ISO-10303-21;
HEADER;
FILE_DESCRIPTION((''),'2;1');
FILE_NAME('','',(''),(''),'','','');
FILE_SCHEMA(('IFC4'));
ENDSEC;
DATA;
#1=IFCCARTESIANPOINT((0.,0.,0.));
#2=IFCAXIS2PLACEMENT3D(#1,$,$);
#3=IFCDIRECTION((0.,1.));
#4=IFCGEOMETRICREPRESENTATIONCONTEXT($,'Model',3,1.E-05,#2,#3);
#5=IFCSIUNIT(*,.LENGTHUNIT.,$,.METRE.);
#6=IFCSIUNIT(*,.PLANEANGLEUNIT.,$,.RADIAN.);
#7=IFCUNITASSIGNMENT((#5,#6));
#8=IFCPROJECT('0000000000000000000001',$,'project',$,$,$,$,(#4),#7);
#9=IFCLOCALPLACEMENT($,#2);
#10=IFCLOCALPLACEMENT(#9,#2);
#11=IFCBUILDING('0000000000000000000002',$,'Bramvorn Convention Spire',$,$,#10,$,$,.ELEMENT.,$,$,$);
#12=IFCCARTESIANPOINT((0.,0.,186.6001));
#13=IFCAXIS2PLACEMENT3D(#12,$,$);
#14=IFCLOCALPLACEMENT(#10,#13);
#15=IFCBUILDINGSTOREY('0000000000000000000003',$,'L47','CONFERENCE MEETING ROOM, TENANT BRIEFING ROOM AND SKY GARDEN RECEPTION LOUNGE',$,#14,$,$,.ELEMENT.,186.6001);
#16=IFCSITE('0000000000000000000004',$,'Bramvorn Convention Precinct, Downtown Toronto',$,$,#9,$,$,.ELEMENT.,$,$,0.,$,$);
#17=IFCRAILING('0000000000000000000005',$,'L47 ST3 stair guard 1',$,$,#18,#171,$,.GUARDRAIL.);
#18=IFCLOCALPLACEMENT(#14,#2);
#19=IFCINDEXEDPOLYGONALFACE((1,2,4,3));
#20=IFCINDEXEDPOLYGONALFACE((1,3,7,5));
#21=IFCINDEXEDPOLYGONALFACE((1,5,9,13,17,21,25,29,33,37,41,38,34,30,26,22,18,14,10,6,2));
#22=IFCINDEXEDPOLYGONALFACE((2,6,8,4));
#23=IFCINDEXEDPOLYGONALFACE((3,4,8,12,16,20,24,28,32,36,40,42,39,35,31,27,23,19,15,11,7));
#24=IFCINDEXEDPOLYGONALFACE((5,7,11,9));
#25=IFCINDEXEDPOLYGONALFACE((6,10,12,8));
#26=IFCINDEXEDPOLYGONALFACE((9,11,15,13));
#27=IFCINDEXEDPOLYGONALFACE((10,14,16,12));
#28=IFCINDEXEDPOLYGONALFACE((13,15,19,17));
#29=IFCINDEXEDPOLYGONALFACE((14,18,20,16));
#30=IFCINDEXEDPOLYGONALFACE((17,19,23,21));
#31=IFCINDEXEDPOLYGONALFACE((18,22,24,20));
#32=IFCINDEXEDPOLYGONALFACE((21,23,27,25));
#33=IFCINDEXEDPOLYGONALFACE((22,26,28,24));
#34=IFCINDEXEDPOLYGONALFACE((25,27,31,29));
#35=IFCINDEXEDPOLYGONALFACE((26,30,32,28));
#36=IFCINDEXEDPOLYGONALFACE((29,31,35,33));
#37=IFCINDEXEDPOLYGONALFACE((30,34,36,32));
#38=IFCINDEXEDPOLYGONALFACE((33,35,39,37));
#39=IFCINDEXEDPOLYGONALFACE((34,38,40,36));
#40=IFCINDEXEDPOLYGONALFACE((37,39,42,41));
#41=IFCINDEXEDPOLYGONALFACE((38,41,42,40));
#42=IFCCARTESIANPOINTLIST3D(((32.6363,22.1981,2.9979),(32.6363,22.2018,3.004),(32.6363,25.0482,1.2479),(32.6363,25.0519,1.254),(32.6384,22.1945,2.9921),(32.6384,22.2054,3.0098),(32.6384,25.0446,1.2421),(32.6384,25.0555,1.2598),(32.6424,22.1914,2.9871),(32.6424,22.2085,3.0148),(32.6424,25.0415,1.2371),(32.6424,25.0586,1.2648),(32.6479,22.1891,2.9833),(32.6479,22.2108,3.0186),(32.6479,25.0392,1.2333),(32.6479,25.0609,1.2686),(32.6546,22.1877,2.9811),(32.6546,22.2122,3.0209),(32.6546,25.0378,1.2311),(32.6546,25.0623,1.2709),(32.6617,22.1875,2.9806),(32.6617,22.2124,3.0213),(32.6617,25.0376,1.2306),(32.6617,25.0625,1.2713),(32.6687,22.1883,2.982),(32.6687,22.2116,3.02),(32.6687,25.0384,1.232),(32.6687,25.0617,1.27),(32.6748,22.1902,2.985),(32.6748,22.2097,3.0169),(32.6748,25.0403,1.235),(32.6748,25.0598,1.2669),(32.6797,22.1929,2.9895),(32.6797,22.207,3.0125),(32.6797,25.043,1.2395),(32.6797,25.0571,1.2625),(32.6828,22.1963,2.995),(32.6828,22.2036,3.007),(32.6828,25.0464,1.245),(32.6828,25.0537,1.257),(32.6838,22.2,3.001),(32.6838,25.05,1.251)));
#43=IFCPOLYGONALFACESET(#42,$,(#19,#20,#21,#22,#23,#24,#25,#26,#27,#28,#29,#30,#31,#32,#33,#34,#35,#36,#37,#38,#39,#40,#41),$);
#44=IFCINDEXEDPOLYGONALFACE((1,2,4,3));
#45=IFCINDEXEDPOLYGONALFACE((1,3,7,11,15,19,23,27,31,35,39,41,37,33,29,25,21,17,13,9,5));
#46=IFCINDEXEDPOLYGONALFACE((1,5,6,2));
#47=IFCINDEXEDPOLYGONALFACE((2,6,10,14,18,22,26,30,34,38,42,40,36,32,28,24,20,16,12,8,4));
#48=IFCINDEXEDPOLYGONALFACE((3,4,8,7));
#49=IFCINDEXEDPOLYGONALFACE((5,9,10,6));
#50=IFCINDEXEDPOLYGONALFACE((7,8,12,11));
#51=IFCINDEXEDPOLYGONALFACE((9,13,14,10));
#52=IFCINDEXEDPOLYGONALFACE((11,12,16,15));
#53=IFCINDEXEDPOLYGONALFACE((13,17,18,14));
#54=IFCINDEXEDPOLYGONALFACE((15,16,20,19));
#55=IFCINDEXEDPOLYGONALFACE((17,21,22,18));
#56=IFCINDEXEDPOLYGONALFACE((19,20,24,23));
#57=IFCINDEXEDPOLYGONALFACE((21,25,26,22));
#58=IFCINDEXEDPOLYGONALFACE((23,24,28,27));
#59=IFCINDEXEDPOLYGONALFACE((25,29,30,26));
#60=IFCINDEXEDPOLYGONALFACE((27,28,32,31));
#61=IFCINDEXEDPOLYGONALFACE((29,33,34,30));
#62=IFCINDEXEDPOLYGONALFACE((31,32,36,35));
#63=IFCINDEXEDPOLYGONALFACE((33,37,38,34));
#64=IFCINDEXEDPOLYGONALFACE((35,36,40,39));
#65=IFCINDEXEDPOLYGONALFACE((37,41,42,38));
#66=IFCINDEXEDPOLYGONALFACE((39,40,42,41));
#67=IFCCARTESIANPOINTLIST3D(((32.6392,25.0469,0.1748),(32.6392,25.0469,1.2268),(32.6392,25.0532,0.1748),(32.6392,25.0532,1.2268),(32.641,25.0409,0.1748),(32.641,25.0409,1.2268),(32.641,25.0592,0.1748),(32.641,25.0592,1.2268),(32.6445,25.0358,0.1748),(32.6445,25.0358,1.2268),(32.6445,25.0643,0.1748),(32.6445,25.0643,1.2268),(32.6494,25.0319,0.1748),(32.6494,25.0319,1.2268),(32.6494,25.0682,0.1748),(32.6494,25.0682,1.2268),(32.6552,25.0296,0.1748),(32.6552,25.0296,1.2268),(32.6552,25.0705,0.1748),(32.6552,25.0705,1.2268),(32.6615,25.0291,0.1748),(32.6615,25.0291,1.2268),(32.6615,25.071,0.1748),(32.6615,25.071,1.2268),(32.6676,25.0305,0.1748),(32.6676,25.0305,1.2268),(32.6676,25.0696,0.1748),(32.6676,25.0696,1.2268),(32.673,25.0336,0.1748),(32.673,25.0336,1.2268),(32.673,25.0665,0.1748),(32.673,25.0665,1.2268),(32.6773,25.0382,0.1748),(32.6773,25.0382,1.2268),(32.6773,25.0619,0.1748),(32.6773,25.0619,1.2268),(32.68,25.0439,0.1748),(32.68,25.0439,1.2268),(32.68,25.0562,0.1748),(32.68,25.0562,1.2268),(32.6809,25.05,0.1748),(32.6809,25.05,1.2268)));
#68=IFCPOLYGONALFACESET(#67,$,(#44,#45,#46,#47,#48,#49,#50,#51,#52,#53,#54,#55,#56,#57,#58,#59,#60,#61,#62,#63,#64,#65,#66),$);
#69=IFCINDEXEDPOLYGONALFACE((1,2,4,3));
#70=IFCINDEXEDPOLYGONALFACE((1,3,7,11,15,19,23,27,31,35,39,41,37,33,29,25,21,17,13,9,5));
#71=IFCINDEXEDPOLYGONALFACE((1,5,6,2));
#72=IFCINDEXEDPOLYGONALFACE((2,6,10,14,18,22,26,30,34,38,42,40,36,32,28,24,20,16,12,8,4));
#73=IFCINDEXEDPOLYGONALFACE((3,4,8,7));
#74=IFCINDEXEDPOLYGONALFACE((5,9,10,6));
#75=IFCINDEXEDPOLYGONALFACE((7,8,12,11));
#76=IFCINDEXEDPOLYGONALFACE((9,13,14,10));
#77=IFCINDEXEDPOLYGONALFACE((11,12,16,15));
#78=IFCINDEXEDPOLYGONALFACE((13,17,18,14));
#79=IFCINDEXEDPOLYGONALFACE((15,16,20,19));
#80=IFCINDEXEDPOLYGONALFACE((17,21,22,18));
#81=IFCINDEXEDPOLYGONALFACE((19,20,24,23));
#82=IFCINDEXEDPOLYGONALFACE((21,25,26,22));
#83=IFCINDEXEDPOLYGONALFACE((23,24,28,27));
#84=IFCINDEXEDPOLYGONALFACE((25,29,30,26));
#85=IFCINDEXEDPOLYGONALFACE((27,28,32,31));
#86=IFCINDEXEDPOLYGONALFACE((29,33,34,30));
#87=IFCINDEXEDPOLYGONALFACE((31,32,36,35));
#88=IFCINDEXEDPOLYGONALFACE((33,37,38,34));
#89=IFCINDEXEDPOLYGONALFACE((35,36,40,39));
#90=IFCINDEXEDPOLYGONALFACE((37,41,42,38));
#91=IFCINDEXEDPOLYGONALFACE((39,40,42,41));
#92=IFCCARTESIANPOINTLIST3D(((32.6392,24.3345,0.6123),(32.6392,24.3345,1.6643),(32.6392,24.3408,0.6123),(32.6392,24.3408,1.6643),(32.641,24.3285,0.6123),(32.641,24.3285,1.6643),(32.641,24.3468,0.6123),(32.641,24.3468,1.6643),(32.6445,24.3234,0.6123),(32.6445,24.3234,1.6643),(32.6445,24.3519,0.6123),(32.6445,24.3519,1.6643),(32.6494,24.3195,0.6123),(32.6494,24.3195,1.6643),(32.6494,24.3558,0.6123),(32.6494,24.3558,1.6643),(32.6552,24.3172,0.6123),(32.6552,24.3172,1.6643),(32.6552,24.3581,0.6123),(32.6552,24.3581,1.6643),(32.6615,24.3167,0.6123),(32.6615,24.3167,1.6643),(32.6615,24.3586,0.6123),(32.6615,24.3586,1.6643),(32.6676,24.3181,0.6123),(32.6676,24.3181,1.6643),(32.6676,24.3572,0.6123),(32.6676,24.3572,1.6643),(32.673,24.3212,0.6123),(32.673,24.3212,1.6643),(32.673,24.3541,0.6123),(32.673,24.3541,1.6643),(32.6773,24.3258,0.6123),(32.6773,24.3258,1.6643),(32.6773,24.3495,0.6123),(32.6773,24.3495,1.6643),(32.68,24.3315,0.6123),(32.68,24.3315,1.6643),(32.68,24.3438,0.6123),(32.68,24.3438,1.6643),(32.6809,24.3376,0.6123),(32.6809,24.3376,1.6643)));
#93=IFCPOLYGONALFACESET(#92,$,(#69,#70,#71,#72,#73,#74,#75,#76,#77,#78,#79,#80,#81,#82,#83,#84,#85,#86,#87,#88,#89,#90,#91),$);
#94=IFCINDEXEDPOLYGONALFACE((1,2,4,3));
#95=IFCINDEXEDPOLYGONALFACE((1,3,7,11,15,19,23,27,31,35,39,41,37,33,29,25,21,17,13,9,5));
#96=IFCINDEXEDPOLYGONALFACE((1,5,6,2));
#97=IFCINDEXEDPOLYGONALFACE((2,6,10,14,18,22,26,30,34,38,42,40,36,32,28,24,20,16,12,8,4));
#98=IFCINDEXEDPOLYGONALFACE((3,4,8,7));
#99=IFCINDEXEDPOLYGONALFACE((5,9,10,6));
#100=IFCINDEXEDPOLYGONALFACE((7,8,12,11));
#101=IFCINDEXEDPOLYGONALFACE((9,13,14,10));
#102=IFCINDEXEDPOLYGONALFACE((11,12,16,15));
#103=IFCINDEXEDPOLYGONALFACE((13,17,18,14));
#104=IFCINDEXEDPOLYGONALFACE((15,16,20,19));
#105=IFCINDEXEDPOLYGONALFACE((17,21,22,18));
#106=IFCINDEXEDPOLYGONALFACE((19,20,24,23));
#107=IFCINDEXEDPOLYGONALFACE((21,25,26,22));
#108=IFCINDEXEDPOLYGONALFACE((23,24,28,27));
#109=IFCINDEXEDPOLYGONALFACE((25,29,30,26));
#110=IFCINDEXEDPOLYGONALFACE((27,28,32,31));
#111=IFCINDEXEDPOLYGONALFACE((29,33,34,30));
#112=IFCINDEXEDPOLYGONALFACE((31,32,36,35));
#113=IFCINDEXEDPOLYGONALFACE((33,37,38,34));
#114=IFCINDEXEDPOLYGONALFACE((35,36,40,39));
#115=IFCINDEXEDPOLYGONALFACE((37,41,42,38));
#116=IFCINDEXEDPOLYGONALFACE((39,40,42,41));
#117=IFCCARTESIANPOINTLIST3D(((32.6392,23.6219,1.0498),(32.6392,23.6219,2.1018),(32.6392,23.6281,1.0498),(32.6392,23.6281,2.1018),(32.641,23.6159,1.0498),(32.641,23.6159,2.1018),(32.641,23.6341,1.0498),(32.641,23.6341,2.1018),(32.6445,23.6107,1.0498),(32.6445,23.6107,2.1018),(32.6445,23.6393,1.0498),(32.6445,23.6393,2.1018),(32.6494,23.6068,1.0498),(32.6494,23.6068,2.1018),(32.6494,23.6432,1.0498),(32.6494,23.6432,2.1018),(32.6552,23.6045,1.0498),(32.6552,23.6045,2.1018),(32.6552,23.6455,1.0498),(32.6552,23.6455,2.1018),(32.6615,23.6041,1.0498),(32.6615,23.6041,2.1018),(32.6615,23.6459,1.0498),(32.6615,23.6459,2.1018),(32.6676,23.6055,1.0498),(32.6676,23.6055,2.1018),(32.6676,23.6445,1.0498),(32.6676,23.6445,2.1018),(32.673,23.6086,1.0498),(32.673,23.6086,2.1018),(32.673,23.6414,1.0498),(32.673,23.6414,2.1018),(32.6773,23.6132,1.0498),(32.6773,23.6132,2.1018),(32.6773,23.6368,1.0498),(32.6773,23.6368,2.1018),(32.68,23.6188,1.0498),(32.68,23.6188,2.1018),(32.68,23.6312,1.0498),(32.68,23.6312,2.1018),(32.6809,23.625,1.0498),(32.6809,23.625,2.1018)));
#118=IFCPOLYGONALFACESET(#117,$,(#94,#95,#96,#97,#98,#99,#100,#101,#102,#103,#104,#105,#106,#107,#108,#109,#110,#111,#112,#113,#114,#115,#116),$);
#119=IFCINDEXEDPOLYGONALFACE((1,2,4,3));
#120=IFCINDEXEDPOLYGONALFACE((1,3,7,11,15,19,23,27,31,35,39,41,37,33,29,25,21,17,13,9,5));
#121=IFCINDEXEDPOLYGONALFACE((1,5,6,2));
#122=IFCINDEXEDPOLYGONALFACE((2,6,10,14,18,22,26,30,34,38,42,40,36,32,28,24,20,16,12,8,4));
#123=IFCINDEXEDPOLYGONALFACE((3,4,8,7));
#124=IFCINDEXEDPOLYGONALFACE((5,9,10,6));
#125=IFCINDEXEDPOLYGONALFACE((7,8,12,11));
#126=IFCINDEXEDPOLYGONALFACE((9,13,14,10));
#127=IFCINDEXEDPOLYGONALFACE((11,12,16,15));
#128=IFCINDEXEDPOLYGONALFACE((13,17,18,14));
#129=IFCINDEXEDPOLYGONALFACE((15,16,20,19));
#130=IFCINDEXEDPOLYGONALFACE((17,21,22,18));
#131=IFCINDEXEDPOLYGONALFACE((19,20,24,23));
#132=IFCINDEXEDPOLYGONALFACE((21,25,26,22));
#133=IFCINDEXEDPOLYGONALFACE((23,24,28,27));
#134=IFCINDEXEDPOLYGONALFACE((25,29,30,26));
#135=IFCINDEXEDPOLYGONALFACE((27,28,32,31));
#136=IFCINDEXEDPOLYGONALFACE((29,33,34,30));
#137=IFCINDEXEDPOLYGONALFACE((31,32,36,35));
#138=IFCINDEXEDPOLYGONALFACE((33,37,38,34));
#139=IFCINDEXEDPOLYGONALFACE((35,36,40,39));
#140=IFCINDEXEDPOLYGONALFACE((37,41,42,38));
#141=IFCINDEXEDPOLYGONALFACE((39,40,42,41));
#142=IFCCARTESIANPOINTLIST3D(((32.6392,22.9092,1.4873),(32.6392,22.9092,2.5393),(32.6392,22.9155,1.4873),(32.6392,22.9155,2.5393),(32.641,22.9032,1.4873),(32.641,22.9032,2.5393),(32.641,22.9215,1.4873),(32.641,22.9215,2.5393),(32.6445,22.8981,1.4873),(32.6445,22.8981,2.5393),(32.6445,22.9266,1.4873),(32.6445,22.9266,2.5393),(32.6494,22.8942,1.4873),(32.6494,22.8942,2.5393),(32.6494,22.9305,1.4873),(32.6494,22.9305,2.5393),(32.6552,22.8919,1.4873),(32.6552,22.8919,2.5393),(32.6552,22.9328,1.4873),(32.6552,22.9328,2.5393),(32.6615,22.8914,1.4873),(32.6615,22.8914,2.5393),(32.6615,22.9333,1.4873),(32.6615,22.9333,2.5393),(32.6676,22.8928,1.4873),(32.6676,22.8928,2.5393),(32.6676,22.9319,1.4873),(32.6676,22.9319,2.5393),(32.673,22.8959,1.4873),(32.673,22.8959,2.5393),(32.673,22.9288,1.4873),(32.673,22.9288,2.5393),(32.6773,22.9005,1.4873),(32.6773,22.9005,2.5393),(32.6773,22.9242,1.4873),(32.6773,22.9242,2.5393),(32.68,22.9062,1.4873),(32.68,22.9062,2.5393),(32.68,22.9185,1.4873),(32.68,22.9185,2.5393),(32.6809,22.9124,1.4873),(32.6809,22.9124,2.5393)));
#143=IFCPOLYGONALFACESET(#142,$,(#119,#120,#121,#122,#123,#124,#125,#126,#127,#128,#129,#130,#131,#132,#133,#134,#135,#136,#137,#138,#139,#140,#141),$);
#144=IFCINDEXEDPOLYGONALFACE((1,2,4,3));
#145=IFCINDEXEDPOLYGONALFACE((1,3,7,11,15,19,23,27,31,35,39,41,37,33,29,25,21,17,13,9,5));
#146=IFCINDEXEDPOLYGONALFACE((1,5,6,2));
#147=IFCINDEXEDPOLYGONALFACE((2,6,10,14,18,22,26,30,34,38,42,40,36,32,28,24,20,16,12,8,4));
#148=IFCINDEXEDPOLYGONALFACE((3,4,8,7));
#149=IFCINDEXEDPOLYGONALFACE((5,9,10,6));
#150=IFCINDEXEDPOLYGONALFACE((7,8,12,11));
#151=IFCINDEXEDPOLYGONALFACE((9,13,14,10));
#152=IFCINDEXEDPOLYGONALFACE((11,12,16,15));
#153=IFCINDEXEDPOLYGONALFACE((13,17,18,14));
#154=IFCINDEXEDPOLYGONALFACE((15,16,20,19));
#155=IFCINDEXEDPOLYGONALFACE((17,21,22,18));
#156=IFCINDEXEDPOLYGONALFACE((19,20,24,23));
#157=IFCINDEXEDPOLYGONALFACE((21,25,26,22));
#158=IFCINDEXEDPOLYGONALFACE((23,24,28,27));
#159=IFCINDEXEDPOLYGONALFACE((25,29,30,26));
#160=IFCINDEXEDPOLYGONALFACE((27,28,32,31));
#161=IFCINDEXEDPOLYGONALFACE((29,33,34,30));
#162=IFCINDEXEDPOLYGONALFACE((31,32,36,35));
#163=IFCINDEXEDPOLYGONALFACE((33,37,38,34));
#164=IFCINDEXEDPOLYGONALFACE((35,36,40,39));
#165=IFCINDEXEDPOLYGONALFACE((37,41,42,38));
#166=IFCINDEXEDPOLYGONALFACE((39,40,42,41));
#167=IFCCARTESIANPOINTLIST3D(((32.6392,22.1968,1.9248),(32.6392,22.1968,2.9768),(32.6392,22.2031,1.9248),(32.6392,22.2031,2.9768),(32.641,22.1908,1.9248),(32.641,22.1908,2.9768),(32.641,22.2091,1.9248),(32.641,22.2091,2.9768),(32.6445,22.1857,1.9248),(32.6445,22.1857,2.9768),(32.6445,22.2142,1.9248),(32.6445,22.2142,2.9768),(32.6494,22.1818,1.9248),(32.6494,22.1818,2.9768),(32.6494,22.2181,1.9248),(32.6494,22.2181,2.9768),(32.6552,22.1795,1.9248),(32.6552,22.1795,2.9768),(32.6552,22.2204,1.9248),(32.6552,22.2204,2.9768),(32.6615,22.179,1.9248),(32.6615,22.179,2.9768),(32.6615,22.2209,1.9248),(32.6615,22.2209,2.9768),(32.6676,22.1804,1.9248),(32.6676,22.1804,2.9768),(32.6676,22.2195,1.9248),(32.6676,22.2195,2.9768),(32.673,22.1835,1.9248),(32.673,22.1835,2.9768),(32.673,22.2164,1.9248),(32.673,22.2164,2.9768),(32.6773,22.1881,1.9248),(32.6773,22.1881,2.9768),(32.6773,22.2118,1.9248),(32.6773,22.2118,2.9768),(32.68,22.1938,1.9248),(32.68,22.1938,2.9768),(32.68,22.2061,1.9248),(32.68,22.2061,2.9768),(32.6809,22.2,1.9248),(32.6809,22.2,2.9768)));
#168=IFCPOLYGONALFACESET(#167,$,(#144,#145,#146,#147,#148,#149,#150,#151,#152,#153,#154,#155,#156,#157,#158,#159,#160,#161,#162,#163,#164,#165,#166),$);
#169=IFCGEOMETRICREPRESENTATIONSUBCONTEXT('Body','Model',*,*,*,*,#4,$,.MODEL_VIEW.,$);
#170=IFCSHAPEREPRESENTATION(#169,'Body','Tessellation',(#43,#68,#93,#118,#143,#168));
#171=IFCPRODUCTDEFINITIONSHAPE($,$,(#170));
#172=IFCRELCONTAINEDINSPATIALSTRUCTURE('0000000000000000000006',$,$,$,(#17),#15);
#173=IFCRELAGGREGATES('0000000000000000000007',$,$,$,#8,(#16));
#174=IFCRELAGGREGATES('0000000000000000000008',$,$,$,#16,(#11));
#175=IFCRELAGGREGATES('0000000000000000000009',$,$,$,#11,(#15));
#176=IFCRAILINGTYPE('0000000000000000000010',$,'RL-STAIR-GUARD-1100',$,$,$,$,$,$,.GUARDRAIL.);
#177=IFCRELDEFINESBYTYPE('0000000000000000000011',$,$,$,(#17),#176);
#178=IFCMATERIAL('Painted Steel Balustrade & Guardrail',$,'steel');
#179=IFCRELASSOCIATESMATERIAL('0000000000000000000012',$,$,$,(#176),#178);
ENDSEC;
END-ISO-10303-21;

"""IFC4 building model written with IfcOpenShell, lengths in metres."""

from ifc_helpers import new_model, si_unit, direction, frame, origin, origin_2d, place, context, subcontext, project, spatial, circle, extrude, material, type_object, element, save


model = new_model("IFC4")

# Units and contexts
model_context = context("Model", 3, precision=1e-05, world=origin(), true_north=direction((0.0, 1.0)))
body_context = subcontext(model_context, "Body", "Model", "MODEL_VIEW")
ifc_project = project(units=[si_unit("LENGTHUNIT", "METRE"), si_unit("PLANEANGLEUNIT", "RADIAN")], contexts=[model_context])

# Site, building, storey
site_placement = place(None, origin())
site = spatial("IfcSite", under=ifc_project, at=site_placement, Name="Bramvorn Convention Precinct, Downtown Toronto", CompositionType="ELEMENT", RefElevation=0.0)
building_placement = place(site_placement, origin())
building = spatial("IfcBuilding", under=site, at=building_placement, Name="Bramvorn Convention Spire", CompositionType="ELEMENT")
storey_placement = place(building_placement, frame((0.0, 0.0, 186.6001)))
storey = spatial("IfcBuildingStorey", under=building, at=storey_placement, Name="L47", Description="CONFERENCE MEETING ROOM, TENANT BRIEFING ROOM AND SKY GARDEN RECEPTION LOUNGE", CompositionType="ELEMENT", Elevation=186.6001)

# Railing
ifc_material_1 = material(Name="Painted Steel Balustrade & Guardrail", Category="steel")
railing_type_1 = type_object("IfcRailingType", Name="RL-STAIR-GUARD-1100", PredefinedType="GUARDRAIL", material=ifc_material_1)
railing_1_placement = place(storey_placement, frame((32.6599, 25.05, 0.1748)))
element("IfcRailing", 1, at=railing_1_placement, inside=storey, type_object=railing_type_1, Name="L47 ST3 stair guard 1", PredefinedType="GUARDRAIL", context=body_context, shape_type="SweptSolid", body=[
    extrude(circle(Radius=0.0239, at=origin_2d()), frame((0.0, 0.0, 1.0762), z_axis=(0.0, -0.852179, 0.52325), x_axis=(1.0, 0.0, 0.0)), (0.0, 0.0, 1.0), 3.3445),
    extrude(circle(Radius=0.021, at=origin_2d()), origin(), (0.0, 0.0, 1.0), 1.052),
    extrude(circle(Radius=0.021, at=origin_2d()), frame((0.0, -0.7124, 0.4375)), (0.0, 0.0, 1.0), 1.052),
    extrude(circle(Radius=0.021, at=origin_2d()), frame((0.0, -1.425, 0.875)), (0.0, 0.0, 1.0), 1.052),
    extrude(circle(Radius=0.021, at=origin_2d()), frame((0.0, -2.1377, 1.3125)), (0.0, 0.0, 1.0), 1.052),
    extrude(circle(Radius=0.021, at=origin_2d()), frame((0.0, -2.8501, 1.75)), (0.0, 0.0, 1.0), 1.052),
])

save(model, "model.ifc")
